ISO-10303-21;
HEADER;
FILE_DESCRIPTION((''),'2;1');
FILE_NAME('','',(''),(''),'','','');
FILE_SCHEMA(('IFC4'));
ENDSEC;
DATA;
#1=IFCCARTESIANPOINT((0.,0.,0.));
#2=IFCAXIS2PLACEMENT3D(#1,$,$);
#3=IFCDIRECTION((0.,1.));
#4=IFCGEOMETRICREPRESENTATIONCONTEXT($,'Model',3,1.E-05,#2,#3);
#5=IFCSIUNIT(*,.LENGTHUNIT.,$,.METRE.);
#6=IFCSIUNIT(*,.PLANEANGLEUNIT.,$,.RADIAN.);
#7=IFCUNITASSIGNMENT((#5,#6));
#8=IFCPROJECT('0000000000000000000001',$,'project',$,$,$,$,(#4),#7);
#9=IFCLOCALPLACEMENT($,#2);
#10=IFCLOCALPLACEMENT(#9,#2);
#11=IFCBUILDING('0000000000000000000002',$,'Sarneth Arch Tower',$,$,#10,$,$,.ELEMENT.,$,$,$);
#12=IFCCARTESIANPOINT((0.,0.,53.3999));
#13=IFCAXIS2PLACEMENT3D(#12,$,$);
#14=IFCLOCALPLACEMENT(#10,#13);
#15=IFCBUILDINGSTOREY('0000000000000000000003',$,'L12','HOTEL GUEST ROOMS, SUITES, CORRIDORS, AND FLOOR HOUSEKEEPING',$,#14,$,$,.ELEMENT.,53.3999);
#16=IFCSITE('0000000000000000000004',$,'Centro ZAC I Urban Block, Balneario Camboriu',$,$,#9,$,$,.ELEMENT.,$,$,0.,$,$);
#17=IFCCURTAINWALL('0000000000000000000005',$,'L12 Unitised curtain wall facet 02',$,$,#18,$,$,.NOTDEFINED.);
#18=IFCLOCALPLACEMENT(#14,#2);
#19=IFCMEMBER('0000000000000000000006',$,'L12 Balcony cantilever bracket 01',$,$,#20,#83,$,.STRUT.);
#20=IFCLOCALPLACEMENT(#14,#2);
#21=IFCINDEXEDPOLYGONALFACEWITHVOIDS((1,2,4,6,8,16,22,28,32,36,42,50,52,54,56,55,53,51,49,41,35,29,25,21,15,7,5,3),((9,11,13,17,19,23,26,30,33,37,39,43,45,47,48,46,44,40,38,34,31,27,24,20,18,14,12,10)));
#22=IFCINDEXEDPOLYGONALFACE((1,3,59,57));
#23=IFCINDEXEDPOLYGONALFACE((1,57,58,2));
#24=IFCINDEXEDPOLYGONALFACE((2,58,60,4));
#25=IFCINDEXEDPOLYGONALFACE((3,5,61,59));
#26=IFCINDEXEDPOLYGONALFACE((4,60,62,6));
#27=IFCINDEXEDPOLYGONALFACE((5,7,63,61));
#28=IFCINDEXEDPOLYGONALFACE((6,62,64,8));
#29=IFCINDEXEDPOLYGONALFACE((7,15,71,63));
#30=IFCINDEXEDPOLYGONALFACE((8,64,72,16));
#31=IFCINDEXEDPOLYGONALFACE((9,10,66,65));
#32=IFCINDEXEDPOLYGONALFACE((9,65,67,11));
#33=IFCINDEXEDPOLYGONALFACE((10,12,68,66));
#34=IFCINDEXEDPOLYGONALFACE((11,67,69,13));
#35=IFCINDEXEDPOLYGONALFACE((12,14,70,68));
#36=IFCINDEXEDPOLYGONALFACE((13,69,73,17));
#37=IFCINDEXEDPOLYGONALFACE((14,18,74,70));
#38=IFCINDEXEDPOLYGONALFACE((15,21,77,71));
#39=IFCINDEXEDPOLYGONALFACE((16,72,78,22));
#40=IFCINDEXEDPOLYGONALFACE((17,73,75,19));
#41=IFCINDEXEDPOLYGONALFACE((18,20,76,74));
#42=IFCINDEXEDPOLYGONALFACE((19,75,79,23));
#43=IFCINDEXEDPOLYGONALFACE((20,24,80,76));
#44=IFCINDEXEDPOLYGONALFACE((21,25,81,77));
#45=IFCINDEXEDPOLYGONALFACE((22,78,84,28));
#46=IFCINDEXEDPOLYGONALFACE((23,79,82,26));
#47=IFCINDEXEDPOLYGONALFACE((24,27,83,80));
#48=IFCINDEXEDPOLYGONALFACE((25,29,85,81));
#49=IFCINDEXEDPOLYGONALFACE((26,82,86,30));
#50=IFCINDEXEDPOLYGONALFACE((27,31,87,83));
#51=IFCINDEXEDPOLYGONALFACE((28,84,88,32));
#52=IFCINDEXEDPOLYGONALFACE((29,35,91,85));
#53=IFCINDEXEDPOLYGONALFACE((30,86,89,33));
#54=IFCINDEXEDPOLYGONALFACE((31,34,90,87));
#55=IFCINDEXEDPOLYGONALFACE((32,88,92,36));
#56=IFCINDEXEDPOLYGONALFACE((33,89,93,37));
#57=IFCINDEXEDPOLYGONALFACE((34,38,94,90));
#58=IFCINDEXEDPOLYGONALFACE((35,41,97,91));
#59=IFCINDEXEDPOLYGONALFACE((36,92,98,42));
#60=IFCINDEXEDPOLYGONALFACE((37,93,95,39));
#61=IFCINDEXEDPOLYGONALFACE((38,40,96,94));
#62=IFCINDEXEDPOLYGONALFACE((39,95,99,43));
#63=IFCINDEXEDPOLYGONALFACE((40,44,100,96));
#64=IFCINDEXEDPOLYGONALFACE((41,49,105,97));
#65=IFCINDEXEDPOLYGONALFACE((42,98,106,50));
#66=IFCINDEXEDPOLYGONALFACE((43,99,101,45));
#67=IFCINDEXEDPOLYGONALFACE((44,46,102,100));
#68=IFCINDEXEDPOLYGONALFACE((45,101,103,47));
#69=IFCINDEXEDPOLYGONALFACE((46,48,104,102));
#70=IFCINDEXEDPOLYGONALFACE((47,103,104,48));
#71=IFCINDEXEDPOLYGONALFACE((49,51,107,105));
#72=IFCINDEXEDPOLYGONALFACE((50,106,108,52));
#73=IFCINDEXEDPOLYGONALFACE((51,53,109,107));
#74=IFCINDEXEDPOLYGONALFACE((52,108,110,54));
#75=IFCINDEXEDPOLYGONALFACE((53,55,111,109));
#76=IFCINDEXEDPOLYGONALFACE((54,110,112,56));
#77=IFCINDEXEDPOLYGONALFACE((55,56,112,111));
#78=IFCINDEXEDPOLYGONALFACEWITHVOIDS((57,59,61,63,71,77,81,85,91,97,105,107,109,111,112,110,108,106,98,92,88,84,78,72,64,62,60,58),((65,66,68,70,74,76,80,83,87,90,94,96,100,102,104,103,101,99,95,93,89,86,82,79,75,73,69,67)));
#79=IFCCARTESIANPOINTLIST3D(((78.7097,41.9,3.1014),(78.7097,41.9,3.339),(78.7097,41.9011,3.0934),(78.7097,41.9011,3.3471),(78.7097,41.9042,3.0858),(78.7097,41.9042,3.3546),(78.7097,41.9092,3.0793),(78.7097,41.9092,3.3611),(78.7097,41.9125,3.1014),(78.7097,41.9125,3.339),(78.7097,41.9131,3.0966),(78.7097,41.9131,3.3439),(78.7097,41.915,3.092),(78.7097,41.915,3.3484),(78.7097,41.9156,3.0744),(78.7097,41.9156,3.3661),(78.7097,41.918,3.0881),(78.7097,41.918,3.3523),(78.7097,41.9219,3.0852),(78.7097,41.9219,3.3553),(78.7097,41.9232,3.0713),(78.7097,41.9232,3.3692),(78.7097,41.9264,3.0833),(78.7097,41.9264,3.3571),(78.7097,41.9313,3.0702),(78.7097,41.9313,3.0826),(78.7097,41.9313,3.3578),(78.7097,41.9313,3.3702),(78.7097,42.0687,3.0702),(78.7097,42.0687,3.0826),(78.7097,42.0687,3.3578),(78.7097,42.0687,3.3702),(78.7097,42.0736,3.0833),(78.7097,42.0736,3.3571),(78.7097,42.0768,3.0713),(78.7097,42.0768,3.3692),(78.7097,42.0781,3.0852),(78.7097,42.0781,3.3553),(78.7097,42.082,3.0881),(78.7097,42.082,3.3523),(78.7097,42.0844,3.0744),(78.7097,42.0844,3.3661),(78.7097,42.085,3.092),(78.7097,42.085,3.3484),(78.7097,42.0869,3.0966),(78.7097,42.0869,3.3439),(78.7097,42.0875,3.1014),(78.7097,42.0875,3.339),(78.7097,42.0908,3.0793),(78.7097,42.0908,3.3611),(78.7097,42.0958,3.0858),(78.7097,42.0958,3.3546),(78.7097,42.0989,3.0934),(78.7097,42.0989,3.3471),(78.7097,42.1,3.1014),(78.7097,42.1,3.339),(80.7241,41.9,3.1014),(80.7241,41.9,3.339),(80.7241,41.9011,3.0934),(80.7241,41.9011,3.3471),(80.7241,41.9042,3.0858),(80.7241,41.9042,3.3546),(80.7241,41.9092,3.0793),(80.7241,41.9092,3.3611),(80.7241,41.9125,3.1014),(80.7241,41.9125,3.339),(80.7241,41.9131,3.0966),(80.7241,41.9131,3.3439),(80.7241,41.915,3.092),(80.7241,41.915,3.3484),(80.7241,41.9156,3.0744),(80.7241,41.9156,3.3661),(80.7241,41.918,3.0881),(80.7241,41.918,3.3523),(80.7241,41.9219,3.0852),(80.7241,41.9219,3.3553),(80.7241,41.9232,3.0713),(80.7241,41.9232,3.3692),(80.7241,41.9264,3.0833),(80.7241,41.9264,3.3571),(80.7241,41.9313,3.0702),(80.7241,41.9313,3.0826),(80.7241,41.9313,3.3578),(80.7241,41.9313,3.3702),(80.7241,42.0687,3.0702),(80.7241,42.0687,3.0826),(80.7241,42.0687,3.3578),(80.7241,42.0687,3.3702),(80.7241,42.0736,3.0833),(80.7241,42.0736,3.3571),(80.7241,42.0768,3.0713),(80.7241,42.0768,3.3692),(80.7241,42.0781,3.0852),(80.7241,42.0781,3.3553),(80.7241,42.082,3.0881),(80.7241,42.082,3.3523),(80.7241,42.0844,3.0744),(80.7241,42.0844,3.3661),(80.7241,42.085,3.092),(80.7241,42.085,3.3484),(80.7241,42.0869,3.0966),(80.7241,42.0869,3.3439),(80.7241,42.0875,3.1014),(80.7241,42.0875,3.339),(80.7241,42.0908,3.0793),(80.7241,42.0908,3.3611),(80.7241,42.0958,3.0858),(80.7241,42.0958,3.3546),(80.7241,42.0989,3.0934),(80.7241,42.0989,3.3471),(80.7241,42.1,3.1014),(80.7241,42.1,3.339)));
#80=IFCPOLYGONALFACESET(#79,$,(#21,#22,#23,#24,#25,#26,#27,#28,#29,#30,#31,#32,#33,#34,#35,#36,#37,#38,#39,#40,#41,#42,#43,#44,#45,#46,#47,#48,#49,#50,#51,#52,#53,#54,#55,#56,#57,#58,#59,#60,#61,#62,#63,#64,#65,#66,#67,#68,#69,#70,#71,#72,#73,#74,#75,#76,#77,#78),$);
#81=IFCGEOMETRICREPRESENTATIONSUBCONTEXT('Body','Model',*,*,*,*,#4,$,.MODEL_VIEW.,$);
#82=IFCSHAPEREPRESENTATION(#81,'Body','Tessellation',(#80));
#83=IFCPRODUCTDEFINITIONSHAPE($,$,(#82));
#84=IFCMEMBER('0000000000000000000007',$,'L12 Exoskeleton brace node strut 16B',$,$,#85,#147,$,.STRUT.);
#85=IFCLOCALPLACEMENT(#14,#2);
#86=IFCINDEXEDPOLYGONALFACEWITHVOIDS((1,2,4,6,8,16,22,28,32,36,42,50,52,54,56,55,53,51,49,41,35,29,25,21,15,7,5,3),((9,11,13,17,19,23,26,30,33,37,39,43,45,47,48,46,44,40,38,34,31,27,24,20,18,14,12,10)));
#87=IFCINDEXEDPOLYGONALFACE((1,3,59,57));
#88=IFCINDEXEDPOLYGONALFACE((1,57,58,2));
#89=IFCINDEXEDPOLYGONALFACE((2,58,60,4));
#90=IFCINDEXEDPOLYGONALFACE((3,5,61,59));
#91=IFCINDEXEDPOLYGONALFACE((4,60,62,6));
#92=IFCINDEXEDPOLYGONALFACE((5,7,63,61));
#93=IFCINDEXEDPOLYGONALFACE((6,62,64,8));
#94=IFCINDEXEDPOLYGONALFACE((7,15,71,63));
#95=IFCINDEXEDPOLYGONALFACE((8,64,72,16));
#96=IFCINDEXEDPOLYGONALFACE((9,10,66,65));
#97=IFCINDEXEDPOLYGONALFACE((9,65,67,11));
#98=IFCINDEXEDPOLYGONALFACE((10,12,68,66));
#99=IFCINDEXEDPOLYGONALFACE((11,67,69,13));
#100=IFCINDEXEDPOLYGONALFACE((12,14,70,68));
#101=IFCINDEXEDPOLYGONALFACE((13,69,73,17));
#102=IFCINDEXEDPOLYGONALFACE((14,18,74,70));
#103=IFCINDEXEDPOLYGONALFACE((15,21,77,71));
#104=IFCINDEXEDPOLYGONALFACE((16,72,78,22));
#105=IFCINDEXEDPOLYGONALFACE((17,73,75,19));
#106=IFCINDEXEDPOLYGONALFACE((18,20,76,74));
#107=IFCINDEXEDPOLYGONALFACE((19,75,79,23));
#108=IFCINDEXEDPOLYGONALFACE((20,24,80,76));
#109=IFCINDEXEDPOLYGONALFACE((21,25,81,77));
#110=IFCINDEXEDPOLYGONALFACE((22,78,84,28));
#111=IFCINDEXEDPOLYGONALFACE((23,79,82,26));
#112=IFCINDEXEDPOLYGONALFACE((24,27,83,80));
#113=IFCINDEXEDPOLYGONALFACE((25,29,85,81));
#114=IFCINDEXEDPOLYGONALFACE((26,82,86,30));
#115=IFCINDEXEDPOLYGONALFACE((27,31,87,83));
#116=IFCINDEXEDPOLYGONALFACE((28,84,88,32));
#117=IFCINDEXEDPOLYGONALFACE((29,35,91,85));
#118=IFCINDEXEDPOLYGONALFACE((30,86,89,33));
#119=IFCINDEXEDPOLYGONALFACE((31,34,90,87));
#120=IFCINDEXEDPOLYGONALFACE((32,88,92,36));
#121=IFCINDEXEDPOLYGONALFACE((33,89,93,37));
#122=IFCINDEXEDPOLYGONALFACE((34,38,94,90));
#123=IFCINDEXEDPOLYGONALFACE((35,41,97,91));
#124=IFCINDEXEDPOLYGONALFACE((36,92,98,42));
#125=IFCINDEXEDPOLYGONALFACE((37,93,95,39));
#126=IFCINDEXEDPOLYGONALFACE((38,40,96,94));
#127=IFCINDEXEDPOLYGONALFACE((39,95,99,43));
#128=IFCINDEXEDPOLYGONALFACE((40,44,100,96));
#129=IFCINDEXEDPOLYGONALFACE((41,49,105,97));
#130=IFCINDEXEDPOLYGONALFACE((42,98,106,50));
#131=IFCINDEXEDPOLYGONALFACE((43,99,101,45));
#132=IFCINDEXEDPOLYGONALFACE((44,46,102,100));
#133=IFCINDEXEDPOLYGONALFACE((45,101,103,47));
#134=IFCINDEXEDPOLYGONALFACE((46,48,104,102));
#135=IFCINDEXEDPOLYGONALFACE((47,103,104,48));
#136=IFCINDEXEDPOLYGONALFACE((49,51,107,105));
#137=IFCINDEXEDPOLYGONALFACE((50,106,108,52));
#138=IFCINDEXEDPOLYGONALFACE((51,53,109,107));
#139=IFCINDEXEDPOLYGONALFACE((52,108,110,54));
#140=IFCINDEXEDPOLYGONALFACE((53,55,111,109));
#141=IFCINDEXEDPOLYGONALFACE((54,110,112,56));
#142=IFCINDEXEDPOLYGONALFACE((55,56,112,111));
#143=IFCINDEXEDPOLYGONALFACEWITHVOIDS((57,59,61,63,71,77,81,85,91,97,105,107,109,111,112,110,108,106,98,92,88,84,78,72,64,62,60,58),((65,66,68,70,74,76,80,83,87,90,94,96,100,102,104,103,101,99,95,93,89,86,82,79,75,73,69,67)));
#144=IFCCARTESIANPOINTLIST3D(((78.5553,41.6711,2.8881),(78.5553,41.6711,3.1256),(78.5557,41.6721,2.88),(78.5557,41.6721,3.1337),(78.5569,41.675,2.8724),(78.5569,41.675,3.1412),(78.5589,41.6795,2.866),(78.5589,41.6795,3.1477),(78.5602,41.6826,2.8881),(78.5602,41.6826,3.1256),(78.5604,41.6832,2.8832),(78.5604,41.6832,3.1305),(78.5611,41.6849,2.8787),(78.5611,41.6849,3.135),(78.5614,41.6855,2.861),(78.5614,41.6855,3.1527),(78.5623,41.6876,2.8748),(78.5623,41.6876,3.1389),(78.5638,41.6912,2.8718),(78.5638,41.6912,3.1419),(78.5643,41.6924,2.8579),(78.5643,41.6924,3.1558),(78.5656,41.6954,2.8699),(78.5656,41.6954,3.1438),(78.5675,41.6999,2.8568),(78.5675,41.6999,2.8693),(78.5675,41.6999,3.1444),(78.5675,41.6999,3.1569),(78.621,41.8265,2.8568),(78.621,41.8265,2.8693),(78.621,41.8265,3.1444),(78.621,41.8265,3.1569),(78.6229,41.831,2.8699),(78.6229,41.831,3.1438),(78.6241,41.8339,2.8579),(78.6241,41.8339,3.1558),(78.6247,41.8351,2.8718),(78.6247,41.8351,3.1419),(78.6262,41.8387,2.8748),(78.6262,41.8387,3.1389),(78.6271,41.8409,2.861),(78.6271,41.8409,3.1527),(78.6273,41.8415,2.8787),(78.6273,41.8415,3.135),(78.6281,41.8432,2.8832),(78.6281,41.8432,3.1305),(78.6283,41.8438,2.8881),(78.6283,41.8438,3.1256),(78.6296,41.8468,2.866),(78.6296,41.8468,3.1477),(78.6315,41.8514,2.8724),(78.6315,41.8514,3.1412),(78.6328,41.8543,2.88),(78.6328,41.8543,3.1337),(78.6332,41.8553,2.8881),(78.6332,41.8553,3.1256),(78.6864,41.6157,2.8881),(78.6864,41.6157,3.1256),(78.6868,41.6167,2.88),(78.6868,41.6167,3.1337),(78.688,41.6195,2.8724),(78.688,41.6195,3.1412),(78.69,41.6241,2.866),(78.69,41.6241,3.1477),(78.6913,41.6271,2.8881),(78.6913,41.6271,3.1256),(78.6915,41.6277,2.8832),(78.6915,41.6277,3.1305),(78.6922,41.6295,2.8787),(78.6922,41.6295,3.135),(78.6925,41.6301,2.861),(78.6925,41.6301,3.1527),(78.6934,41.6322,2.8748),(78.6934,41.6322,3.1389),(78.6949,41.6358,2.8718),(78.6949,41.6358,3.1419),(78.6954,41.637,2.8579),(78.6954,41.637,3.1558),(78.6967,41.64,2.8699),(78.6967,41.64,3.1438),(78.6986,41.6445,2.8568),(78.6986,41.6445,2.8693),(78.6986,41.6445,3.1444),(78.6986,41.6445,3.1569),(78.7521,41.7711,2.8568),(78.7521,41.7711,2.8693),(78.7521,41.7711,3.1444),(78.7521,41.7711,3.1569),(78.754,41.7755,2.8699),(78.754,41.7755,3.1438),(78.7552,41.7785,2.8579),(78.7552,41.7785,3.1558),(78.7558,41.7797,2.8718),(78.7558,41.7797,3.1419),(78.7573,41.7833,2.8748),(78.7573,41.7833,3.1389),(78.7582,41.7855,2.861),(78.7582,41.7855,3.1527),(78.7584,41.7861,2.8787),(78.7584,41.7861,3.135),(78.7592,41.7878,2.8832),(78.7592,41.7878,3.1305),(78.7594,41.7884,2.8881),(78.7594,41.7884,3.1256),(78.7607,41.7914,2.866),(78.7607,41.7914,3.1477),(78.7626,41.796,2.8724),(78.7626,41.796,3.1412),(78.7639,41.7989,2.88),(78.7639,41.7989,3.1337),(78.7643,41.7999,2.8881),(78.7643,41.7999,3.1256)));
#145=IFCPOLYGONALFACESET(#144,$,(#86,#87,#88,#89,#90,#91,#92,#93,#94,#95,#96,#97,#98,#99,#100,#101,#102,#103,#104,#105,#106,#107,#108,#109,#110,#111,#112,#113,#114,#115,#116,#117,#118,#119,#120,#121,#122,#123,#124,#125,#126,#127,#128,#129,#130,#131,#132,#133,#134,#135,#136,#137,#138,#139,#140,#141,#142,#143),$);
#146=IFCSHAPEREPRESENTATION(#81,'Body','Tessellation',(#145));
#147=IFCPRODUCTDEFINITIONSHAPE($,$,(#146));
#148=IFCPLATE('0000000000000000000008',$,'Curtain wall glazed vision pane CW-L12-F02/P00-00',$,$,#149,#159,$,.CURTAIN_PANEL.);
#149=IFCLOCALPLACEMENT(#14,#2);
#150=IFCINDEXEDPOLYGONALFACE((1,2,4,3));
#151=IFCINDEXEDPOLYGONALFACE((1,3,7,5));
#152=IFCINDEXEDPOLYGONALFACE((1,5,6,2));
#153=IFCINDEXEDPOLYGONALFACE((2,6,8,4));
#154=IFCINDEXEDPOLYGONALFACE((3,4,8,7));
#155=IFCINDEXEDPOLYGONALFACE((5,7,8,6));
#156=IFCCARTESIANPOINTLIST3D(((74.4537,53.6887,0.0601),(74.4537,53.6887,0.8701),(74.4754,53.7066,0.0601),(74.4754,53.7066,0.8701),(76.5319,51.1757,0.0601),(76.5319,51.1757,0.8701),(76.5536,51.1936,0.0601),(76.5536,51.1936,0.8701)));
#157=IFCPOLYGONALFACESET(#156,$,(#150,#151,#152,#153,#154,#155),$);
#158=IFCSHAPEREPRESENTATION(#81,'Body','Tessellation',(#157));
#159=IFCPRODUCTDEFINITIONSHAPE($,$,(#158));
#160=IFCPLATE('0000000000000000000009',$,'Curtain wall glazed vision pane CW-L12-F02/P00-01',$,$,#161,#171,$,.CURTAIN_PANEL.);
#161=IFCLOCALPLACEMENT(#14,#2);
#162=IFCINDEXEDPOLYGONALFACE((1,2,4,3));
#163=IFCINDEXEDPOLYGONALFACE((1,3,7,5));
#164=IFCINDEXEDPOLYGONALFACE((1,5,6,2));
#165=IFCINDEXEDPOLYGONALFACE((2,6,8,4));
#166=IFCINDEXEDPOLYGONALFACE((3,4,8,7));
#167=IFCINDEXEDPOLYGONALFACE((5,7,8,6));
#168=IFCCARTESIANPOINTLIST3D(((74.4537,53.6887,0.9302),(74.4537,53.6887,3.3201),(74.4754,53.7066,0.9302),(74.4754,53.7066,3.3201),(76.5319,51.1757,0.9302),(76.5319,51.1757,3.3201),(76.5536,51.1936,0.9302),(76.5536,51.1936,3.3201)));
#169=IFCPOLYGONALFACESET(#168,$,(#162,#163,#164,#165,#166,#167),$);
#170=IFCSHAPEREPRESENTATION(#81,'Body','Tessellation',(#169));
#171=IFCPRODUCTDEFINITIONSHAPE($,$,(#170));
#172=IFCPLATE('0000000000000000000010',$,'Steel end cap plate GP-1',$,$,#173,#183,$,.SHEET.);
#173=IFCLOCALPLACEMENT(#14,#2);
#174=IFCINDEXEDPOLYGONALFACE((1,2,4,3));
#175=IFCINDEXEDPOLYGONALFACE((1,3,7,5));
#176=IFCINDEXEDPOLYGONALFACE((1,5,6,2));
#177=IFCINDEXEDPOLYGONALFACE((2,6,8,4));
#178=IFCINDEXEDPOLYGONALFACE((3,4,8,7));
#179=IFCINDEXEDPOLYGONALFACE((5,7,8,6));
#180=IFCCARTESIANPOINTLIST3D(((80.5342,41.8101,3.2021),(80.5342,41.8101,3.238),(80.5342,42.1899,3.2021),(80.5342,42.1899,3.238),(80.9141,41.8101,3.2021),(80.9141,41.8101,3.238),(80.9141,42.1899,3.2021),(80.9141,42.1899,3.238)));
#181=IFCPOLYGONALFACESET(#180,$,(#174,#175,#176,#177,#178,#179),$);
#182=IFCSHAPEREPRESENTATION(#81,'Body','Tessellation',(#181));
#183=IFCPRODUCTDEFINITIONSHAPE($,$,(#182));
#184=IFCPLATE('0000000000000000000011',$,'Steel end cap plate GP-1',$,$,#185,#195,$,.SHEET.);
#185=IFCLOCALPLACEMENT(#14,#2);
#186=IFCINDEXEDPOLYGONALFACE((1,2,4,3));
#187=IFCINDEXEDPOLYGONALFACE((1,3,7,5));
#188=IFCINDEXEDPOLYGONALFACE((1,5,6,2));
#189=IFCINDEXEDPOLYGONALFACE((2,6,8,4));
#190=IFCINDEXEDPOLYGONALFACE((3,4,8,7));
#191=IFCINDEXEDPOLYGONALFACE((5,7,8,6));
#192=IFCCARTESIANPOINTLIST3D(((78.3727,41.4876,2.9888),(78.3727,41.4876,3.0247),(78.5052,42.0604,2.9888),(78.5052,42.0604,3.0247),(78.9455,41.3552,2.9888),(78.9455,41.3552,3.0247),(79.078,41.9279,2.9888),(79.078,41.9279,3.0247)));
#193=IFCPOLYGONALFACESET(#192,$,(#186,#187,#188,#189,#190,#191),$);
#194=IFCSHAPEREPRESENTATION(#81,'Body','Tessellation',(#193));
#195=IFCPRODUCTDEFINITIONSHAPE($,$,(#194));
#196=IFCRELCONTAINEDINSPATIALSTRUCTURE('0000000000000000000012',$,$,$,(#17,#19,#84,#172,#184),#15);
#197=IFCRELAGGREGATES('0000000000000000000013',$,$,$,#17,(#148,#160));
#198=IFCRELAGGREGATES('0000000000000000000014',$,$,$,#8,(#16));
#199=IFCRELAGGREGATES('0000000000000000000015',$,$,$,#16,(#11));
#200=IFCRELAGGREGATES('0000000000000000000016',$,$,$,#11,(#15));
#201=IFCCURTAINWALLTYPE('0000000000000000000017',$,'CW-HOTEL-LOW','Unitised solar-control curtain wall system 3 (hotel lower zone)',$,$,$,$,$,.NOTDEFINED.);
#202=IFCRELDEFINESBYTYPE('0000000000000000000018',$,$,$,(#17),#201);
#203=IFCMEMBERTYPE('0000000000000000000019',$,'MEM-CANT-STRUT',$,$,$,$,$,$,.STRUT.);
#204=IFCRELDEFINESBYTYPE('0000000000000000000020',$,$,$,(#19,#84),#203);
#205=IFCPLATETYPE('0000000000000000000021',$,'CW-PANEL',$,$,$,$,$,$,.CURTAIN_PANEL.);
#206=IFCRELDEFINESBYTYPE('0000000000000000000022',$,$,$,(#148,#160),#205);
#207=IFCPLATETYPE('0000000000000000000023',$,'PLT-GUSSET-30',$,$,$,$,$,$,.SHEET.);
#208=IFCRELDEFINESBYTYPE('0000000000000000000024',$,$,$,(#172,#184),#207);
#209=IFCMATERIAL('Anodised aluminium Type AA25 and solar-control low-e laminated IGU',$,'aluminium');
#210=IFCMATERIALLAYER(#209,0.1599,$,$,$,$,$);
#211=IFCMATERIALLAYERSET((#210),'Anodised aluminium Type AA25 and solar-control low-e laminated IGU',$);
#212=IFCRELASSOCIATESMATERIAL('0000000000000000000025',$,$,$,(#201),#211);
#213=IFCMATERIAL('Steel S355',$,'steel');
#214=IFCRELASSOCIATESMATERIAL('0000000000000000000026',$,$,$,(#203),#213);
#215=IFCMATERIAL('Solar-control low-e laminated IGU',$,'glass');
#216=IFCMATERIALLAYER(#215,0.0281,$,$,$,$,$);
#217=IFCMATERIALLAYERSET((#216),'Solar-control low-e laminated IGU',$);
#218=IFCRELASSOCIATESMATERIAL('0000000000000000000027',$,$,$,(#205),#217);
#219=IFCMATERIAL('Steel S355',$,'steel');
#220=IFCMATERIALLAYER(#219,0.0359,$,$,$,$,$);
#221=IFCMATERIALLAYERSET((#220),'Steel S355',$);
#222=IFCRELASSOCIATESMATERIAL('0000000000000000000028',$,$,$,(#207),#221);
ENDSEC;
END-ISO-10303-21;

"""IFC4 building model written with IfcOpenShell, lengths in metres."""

from ifc_helpers import new_model, si_unit, direction, frame, origin, origin_2d, place, context, subcontext, project, spatial, rectangle, hollow_rectangle, extrude, material, layer, layer_set, material_profile, profile_set, type_object, element, aggregate, save


model = new_model("IFC4")

# Units and contexts
model_context = context("Model", 3, precision=1e-05, world=origin(), true_north=direction((0.0, 1.0)))
body_context = subcontext(model_context, "Body", "Model", "MODEL_VIEW")
ifc_project = project(units=[si_unit("LENGTHUNIT", "METRE"), si_unit("PLANEANGLEUNIT", "RADIAN")], contexts=[model_context])

# Site, building, storey
site_placement = place(None, origin())
site = spatial("IfcSite", under=ifc_project, at=site_placement, Name="Centro ZAC I Urban Block, Balneario Camboriu", CompositionType="ELEMENT", RefElevation=0.0)
building_placement = place(site_placement, origin())
building = spatial("IfcBuilding", under=site, at=building_placement, Name="Sarneth Arch Tower", CompositionType="ELEMENT")
storey_placement = place(building_placement, frame((0.0, 0.0, 53.3999)))
storey = spatial("IfcBuildingStorey", under=building, at=storey_placement, Name="L12", Description="HOTEL GUEST ROOMS, SUITES, CORRIDORS, AND FLOOR HOUSEKEEPING", CompositionType="ELEMENT", Elevation=53.3999)

# Curtain wall
ifc_material_1 = material(Name="Anodised aluminium Type AA25 and solar-control low-e laminated IGU", Category="aluminium")
ifc_layer_1 = layer(ifc_material_1, 0.1599)
ifc_layer_set_1 = layer_set([ifc_layer_1], Name="Anodised aluminium Type AA25 and solar-control low-e laminated IGU")
curtain_wall_type = type_object("IfcCurtainWallType", Name="CW-HOTEL-LOW", Description="Unitised solar-control curtain wall system 3 (hotel lower zone)", PredefinedType="NOTDEFINED", material=ifc_layer_set_1)
curtain_wall_placement = place(storey_placement, origin())
curtain_wall = element("IfcCurtainWall", 1, at=curtain_wall_placement, inside=storey, type_object=curtain_wall_type, Name="L12 Unitised curtain wall facet 02", PredefinedType="NOTDEFINED")

# Members
ifc_material_2 = material(Name="Steel S355", Category="steel")
ifc_material_profile_1 = material_profile(ifc_material_2, hollow_rectangle(XDim=0.2, YDim=0.3, WallThickness=0.0125, InnerFilletRadius=0.0188, OuterFilletRadius=0.0312, at=origin_2d()), Name="RHS300x200x12.5")
ifc_profile_set_1 = profile_set([ifc_material_profile_1], Name="Steel S355")
member_type_1 = type_object("IfcMemberType", Name="MEM-CANT-STRUT", PredefinedType="STRUT", material=ifc_profile_set_1)
member_1_placement = place(storey_placement, frame((78.7097, 42.0, 3.2202), z_axis=(1.0, 0.0, 0.0), x_axis=(0.0, 1.0, 0.0)))
element("IfcMember", 2, at=member_1_placement, inside=storey, type_object=member_type_1, Name="L12 Balcony cantilever bracket 01", PredefinedType="STRUT", context=body_context, shape_type="SweptSolid", body=[
    extrude(hollow_rectangle(XDim=0.2, YDim=0.3, WallThickness=0.0125, InnerFilletRadius=0.0188, OuterFilletRadius=0.0312, at=origin_2d()), origin(), (0.0, 0.0, 1.0), 2.0144),
])
member_2_placement = place(storey_placement, frame((78.5942, 41.7632, 3.0068), z_axis=(0.921086, -0.38936, 0.0), x_axis=(0.38936, 0.921086, 0.0)))
element("IfcMember", 3, at=member_2_placement, inside=storey, type_object=member_type_1, Name="L12 Exoskeleton brace node strut 16B", PredefinedType="STRUT", context=body_context, shape_type="SweptSolid", body=[
    extrude(hollow_rectangle(XDim=0.2, YDim=0.3, WallThickness=0.0125, InnerFilletRadius=0.0188, OuterFilletRadius=0.0312, at=origin_2d()), origin(), (0.0, 0.0, 1.0), 0.1423),
])

# Plates
ifc_material_3 = material(Name="Solar-control low-e laminated IGU", Category="glass")
ifc_layer_2 = layer(ifc_material_3, 0.0281)
ifc_layer_set_2 = layer_set([ifc_layer_2], Name="Solar-control low-e laminated IGU")
plate_type_1 = type_object("IfcPlateType", Name="CW-PANEL", PredefinedType="CURTAIN_PANEL", material=ifc_layer_set_2)
plate_1_placement = place(storey_placement, frame((75.5037, 52.4412, 0.0601), z_axis=(0.0, 0.0, 1.0), x_axis=(-0.637291, 0.770623, 0.0)))
plate_1 = element("IfcPlate", 4, at=plate_1_placement, type_object=plate_type_1, Name="Curtain wall glazed vision pane CW-L12-F02/P00-00", PredefinedType="CURTAIN_PANEL", context=body_context, shape_type="SweptSolid", body=[
    extrude(rectangle(XDim=3.261, YDim=0.0281, at=origin_2d()), origin(), (0.0, 0.0, 1.0), 0.8101),
])
plate_2_placement = place(storey_placement, frame((75.5037, 52.4412, 0.9302), z_axis=(0.0, 0.0, 1.0), x_axis=(-0.637291, 0.770623, 0.0)))
plate_2 = element("IfcPlate", 5, at=plate_2_placement, type_object=plate_type_1, Name="Curtain wall glazed vision pane CW-L12-F02/P00-01", PredefinedType="CURTAIN_PANEL", context=body_context, shape_type="SweptSolid", body=[
    extrude(rectangle(XDim=3.261, YDim=0.0281, at=origin_2d()), origin(), (0.0, 0.0, 1.0), 2.3899),
])
aggregate(curtain_wall, [plate_1, plate_2])

# Plates
ifc_material_4 = material(Name="Steel S355", Category="steel")
ifc_layer_3 = layer(ifc_material_4, 0.0359)
ifc_layer_set_3 = layer_set([ifc_layer_3], Name="Steel S355")
plate_type_2 = type_object("IfcPlateType", Name="PLT-GUSSET-30", PredefinedType="SHEET", material=ifc_layer_set_3)
plate_3_placement = place(storey_placement, frame((80.7241, 42.0, 3.2021), z_axis=(0.0, 0.0, 1.0), x_axis=(1.0, 0.0, 0.0)))
element("IfcPlate", 6, at=plate_3_placement, inside=storey, type_object=plate_type_2, Name="Steel end cap plate GP-1", PredefinedType="SHEET", context=body_context, shape_type="SweptSolid", body=[
    extrude(rectangle(XDim=0.3799, YDim=0.3799, at=origin_2d()), origin(), (0.0, 0.0, 1.0), 0.0359),
])
plate_4_placement = place(storey_placement, frame((78.7253, 41.7078, 2.9888), z_axis=(0.0, 0.0, 1.0), x_axis=(0.225291, 0.974291, 0.0)))
element("IfcPlate", 7, at=plate_4_placement, inside=storey, type_object=plate_type_2, Name="Steel end cap plate GP-1", PredefinedType="SHEET", context=body_context, shape_type="SweptSolid", body=[
    extrude(rectangle(XDim=0.5879, YDim=0.5879, at=origin_2d()), origin(), (0.0, 0.0, 1.0), 0.0359),
])

save(model, "model.ifc")
